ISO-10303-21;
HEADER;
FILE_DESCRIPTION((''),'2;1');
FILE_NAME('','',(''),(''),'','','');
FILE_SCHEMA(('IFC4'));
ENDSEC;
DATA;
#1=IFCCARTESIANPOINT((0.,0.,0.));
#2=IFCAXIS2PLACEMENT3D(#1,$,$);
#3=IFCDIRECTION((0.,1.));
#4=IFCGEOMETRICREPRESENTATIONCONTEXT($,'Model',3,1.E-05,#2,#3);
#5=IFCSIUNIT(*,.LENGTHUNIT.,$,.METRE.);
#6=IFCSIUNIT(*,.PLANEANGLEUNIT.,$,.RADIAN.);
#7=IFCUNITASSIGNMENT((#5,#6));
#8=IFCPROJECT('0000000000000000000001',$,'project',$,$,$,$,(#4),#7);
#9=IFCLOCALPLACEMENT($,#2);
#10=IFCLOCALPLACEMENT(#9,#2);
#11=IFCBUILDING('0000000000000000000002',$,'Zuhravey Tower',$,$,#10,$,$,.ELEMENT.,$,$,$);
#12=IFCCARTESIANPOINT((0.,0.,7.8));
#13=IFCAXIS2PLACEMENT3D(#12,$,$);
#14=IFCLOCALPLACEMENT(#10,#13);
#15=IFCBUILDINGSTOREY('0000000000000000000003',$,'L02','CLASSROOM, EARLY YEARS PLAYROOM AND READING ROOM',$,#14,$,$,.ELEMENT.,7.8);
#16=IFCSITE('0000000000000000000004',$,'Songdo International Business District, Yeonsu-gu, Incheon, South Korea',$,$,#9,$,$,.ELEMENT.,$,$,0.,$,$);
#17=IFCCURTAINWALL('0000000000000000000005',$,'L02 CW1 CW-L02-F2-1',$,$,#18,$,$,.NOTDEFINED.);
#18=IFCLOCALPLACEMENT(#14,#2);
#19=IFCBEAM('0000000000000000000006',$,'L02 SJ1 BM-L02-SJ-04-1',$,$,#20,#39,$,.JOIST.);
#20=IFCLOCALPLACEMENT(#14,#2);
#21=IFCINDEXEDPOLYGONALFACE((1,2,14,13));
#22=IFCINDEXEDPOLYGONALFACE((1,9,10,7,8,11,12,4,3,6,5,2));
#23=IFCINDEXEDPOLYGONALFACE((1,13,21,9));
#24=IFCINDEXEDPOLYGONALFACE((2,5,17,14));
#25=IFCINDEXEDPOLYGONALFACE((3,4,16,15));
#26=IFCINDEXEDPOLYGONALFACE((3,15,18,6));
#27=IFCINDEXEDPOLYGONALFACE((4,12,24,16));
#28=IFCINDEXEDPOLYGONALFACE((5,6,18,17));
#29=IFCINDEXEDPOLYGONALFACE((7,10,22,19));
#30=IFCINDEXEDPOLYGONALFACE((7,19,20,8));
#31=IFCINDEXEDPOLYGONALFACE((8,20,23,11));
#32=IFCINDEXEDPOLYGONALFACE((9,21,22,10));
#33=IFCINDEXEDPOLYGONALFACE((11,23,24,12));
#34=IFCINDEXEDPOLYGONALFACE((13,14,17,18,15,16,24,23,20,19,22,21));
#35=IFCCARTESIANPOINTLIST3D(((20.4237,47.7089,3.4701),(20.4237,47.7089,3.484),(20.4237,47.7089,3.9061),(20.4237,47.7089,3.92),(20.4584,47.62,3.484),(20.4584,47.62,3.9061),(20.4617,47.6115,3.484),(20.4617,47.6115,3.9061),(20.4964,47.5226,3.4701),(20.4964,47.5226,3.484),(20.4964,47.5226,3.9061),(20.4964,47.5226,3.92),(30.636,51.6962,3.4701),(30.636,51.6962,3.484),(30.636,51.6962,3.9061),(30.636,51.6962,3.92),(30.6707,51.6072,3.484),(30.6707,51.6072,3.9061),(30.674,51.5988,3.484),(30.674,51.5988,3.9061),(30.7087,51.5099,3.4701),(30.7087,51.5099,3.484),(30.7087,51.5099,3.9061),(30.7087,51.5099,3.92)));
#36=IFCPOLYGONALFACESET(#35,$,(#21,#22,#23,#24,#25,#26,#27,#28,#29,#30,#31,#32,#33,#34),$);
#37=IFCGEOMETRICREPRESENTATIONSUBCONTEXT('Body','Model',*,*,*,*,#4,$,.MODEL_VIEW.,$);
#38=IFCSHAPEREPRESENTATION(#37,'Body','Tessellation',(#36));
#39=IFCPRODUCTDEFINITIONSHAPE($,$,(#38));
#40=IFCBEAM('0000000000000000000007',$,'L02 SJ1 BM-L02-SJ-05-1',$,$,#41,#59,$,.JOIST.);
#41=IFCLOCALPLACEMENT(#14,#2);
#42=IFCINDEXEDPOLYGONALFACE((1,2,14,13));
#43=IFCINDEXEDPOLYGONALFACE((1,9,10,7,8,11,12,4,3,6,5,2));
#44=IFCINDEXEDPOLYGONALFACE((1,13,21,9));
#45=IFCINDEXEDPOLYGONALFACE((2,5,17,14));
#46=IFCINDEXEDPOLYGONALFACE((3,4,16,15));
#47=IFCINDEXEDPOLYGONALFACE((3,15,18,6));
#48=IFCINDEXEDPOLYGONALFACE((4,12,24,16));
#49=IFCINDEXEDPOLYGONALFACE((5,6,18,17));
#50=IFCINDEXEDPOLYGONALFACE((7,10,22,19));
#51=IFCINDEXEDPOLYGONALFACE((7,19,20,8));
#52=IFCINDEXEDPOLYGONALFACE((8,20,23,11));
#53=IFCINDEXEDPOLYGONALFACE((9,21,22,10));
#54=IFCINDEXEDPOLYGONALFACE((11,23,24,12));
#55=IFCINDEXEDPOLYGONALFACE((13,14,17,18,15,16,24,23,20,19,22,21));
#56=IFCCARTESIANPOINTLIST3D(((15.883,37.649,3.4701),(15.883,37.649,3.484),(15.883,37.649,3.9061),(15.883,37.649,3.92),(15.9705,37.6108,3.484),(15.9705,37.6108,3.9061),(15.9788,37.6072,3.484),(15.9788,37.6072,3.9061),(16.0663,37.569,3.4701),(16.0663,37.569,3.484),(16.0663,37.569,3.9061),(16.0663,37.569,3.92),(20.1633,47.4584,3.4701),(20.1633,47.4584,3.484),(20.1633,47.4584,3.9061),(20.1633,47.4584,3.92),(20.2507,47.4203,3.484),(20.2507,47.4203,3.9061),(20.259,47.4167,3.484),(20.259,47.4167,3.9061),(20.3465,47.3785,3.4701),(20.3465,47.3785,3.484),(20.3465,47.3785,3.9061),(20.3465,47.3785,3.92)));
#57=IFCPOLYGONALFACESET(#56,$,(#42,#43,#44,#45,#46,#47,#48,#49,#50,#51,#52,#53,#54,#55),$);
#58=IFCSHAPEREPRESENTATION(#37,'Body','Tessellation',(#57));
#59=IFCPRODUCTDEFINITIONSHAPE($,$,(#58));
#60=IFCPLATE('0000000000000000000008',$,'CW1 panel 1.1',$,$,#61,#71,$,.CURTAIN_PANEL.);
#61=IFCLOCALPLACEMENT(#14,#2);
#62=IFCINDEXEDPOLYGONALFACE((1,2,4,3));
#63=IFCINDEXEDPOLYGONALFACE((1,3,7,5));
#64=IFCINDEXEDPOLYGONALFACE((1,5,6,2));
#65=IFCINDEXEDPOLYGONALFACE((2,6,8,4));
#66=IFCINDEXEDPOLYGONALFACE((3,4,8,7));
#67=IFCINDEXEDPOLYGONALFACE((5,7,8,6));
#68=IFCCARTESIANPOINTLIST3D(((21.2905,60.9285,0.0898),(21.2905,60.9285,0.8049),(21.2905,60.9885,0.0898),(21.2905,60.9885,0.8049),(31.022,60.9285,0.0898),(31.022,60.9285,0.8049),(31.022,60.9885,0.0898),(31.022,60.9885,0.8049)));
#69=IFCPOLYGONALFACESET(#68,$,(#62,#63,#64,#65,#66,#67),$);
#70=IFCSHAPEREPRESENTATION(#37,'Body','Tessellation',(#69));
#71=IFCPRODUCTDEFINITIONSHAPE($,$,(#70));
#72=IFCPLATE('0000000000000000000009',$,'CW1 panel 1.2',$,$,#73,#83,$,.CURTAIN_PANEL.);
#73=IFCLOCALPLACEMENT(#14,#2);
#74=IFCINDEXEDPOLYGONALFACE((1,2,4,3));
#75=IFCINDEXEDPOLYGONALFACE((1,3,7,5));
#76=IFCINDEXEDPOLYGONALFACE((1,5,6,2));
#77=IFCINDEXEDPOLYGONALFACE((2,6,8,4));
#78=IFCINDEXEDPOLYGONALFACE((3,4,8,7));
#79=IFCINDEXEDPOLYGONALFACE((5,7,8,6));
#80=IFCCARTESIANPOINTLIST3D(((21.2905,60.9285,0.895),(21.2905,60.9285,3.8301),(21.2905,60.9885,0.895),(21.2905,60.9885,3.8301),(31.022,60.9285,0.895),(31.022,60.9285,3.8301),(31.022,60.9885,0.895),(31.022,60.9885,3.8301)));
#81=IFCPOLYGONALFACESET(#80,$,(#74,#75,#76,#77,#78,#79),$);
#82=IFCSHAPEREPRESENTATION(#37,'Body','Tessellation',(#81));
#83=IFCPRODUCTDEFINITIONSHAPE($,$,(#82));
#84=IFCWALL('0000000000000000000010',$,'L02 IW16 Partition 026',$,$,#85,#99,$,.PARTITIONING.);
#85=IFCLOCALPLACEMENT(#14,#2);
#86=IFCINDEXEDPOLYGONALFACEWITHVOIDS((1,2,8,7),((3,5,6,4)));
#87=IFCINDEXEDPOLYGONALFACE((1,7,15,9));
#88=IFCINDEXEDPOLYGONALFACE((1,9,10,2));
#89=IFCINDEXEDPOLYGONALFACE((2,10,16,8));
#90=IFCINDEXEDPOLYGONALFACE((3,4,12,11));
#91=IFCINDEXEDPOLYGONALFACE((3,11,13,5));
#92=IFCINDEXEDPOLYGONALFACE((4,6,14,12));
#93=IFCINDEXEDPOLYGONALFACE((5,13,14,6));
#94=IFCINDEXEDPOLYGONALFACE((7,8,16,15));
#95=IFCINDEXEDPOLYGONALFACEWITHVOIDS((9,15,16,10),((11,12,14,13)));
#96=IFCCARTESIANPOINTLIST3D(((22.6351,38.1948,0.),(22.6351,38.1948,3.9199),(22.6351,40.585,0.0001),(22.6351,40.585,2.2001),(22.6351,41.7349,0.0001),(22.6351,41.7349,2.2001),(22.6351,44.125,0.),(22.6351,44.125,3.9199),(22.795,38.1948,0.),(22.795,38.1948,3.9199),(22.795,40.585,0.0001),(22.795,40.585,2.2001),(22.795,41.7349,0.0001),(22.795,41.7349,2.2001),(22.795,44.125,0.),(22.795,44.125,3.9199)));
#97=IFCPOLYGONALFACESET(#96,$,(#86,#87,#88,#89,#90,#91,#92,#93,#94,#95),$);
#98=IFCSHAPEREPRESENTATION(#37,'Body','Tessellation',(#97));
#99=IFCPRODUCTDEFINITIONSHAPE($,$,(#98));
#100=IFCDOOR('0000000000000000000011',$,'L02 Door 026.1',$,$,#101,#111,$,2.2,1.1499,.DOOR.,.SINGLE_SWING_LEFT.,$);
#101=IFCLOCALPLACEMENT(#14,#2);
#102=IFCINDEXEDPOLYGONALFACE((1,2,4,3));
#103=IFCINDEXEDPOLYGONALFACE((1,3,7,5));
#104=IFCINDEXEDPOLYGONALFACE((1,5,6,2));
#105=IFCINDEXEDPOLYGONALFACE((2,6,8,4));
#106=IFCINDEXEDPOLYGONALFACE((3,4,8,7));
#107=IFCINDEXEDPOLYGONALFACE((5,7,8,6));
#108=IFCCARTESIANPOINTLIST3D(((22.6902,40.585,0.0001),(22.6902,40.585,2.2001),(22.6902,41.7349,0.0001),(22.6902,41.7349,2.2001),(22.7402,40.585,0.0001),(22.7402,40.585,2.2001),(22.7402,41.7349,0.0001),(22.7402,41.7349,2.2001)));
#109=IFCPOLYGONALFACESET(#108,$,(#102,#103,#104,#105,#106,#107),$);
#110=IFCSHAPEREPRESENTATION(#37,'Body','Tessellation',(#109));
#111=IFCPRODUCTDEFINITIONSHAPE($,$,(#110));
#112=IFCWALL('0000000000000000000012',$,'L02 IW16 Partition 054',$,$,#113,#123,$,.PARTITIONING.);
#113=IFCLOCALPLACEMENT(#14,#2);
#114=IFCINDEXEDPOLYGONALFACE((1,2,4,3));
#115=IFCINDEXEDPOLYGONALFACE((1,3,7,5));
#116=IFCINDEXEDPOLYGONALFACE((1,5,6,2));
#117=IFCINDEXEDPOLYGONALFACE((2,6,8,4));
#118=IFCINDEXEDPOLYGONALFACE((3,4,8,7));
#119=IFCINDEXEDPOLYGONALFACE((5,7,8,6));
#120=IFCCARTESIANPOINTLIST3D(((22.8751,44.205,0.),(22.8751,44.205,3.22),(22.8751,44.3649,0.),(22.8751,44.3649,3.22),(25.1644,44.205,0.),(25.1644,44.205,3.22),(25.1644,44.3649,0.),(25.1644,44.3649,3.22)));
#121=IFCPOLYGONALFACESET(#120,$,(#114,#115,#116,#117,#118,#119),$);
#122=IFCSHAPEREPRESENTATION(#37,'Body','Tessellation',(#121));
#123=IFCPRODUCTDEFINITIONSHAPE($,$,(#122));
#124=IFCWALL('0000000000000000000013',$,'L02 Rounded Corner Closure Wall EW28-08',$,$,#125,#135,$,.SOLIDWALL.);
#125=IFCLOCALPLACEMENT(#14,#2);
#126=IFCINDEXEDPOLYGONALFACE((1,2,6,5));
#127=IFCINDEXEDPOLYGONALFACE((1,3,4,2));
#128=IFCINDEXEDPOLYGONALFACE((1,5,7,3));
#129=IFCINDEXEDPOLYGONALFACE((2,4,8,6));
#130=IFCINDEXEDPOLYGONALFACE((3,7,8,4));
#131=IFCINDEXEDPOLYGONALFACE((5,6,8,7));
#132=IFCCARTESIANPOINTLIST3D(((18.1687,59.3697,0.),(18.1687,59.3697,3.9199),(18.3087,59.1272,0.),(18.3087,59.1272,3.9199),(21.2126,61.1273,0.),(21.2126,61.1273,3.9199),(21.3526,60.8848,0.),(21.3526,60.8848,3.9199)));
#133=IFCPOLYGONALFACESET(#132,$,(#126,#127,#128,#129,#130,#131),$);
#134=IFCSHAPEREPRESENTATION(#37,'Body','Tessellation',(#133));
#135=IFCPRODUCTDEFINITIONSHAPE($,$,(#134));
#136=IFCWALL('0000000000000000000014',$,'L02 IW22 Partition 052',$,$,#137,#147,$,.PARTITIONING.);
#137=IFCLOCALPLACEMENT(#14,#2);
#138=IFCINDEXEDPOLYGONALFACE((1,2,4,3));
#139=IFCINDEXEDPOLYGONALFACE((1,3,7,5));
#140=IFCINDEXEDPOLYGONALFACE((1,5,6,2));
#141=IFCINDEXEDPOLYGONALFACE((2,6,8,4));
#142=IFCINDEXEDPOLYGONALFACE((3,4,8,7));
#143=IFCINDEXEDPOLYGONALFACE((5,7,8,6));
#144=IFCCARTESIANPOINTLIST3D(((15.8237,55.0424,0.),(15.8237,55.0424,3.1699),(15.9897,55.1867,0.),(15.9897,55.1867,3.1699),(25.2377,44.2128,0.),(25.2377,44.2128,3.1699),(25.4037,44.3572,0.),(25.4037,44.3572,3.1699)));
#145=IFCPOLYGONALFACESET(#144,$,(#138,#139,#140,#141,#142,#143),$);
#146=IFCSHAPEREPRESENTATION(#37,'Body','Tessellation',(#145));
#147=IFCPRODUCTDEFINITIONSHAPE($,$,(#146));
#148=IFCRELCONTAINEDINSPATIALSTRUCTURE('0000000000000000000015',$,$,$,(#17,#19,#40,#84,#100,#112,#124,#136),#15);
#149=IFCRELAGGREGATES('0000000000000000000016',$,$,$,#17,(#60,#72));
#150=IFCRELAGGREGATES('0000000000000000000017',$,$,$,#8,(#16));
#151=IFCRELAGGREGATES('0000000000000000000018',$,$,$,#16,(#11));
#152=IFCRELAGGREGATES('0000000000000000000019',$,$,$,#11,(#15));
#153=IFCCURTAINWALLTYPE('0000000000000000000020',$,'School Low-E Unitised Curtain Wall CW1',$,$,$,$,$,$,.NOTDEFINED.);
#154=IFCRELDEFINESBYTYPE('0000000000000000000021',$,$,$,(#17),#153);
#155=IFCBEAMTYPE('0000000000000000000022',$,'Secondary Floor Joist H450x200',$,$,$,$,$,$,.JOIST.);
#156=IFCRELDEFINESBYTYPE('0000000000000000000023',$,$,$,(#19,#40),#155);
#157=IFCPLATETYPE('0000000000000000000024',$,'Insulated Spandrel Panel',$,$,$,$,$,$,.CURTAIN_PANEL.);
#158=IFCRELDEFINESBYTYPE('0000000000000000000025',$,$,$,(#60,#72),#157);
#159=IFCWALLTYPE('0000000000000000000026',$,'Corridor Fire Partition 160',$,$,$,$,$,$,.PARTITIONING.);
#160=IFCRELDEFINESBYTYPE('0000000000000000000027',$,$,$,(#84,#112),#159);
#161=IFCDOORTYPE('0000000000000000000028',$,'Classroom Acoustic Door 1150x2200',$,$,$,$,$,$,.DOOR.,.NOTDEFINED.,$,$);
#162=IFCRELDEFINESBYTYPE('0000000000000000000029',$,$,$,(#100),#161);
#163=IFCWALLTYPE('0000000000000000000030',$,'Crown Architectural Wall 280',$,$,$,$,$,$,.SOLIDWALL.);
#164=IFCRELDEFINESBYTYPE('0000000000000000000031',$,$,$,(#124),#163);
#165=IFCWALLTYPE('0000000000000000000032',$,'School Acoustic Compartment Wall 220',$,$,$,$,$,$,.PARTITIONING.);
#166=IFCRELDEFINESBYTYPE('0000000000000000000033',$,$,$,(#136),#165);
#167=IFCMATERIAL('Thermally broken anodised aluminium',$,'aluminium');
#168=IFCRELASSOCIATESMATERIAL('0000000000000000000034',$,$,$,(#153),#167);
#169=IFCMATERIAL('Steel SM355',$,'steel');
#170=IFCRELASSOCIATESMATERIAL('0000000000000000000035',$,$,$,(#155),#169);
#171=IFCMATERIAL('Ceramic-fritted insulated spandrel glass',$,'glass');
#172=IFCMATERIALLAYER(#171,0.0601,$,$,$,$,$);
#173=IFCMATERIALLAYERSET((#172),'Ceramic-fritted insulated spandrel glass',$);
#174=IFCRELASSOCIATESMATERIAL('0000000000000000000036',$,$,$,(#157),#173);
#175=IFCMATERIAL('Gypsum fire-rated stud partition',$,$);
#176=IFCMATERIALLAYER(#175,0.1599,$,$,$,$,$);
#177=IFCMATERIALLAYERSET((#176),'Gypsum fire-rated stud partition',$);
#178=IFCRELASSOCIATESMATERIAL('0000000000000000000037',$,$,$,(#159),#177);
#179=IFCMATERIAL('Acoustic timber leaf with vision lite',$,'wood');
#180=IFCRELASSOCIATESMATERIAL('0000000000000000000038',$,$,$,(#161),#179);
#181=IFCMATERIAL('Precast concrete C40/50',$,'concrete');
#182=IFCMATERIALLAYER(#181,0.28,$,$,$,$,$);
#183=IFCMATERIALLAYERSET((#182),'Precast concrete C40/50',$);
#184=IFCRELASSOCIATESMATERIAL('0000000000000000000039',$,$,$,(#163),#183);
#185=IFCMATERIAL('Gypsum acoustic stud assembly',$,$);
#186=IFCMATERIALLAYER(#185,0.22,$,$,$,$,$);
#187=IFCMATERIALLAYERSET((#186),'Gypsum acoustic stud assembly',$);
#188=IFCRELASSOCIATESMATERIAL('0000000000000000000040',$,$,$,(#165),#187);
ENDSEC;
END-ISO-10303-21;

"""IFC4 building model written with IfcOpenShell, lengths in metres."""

from ifc_helpers import new_model, si_unit, direction, frame, frame_2d, origin, origin_2d, place, context, subcontext, project, spatial, rectangle, i_section, extrude, material, layer, layer_set, material_profile, profile_set, type_object, element, fill, aggregate, save


model = new_model("IFC4")

# Units and contexts
model_context = context("Model", 3, precision=1e-05, world=origin(), true_north=direction((0.0, 1.0)))
body_context = subcontext(model_context, "Body", "Model", "MODEL_VIEW")
ifc_project = project(units=[si_unit("LENGTHUNIT", "METRE"), si_unit("PLANEANGLEUNIT", "RADIAN")], contexts=[model_context])

# Site, building, storey
site_placement = place(None, origin())
site = spatial("IfcSite", under=ifc_project, at=site_placement, Name="Songdo International Business District, Yeonsu-gu, Incheon, South Korea", CompositionType="ELEMENT", RefElevation=0.0)
building_placement = place(site_placement, origin())
building = spatial("IfcBuilding", under=site, at=building_placement, Name="Zuhravey Tower", CompositionType="ELEMENT")
storey_placement = place(building_placement, frame((0.0, 0.0, 7.8)))
storey = spatial("IfcBuildingStorey", under=building, at=storey_placement, Name="L02", Description="CLASSROOM, EARLY YEARS PLAYROOM AND READING ROOM", CompositionType="ELEMENT", Elevation=7.8)

# Shared definitions
ifc_material_1 = material(Name="Thermally broken anodised aluminium", Category="aluminium")
curtain_wall_type = type_object("IfcCurtainWallType", Name="School Low-E Unitised Curtain Wall CW1", PredefinedType="NOTDEFINED", material=ifc_material_1)

# Curtain wall
curtain_wall_1_placement = place(storey_placement, origin())
curtain_wall_1 = element("IfcCurtainWall", 1, at=curtain_wall_1_placement, inside=storey, type_object=curtain_wall_type, Name="L02 CW1 CW-L02-F2-1", PredefinedType="NOTDEFINED")

# Beams
ifc_material_2 = material(Name="Steel SM355", Category="steel")
ifc_material_profile_1 = material_profile(ifc_material_2, i_section(OverallWidth=0.2, OverallDepth=0.45, WebThickness=0.009, FlangeThickness=0.0139, at=origin_2d()), Name="H-450x200x9x14")
ifc_profile_set_1 = profile_set([ifc_material_profile_1], Name="Steel SM355")
beam_type_1 = type_object("IfcBeamType", Name="Secondary Floor Joist H450x200", PredefinedType="JOIST", material=ifc_profile_set_1)
beam_1_placement = place(storey_placement, frame((30.6724, 51.603, 3.6951), z_axis=(-0.931517, -0.363699, 0.0), x_axis=(0.363699, -0.931517, 0.0)))
element("IfcBeam", 2, at=beam_1_placement, inside=storey, type_object=beam_type_1, Name="L02 SJ1 BM-L02-SJ-04-1", PredefinedType="JOIST", context=body_context, shape_type="SweptSolid", body=[
    extrude(i_section(OverallWidth=0.2, OverallDepth=0.45, WebThickness=0.009, FlangeThickness=0.0139, at=origin_2d()), origin(), (0.0, 0.0, 1.0), 10.9631),
])
beam_2_placement = place(storey_placement, frame((20.2549, 47.4185, 3.6951), z_axis=(-0.399924, -0.916549, 0.0), x_axis=(0.916549, -0.399924, 0.0)))
element("IfcBeam", 3, at=beam_2_placement, inside=storey, type_object=beam_type_1, Name="L02 SJ1 BM-L02-SJ-05-1", PredefinedType="JOIST", context=body_context, shape_type="SweptSolid", body=[
    extrude(i_section(OverallWidth=0.2, OverallDepth=0.45, WebThickness=0.009, FlangeThickness=0.0139, at=origin_2d()), origin(), (0.0, 0.0, 1.0), 10.7026),
])

# Plates
ifc_material_3 = material(Name="Ceramic-fritted insulated spandrel glass", Category="glass")
ifc_layer_1 = layer(ifc_material_3, 0.0601)
ifc_layer_set_1 = layer_set([ifc_layer_1], Name="Ceramic-fritted insulated spandrel glass")
plate_type = type_object("IfcPlateType", Name="Insulated Spandrel Panel", PredefinedType="CURTAIN_PANEL", material=ifc_layer_set_1)
plate_1_placement = place(storey_placement, frame((26.1562, 60.9585, 0.0898), z_axis=(0.0, 0.0, 1.0), x_axis=(1.0, 0.0, 0.0)))
plate_1 = element("IfcPlate", 4, at=plate_1_placement, type_object=plate_type, Name="CW1 panel 1.1", PredefinedType="CURTAIN_PANEL", context=body_context, shape_type="SweptSolid", body=[
    extrude(rectangle(XDim=9.7314, YDim=0.0601, at=origin_2d()), origin(), (0.0, 0.0, 1.0), 0.7151),
])
plate_2_placement = place(storey_placement, frame((26.1562, 60.9585, 0.895), z_axis=(0.0, 0.0, 1.0), x_axis=(1.0, 0.0, 0.0)))
plate_2 = element("IfcPlate", 5, at=plate_2_placement, type_object=plate_type, Name="CW1 panel 1.2", PredefinedType="CURTAIN_PANEL", context=body_context, shape_type="SweptSolid", body=[
    extrude(rectangle(XDim=9.7314, YDim=0.0601, at=origin_2d()), origin(), (0.0, 0.0, 1.0), 2.9351),
])
aggregate(curtain_wall_1, [plate_1, plate_2])

# Wall, opening, door
ifc_material_4 = material(Name="Gypsum fire-rated stud partition")
ifc_layer_2 = layer(ifc_material_4, 0.1599)
ifc_layer_set_2 = layer_set([ifc_layer_2], Name="Gypsum fire-rated stud partition")
wall_type_1 = type_object("IfcWallType", Name="Corridor Fire Partition 160", PredefinedType="PARTITIONING", material=ifc_layer_set_2)
wall_1_placement = place(storey_placement, frame((22.7151, 44.125, 0.0), z_axis=(0.0, 0.0, 1.0), x_axis=(0.0, -1.0, 0.0)))
wall_1 = element("IfcWall", 6, at=wall_1_placement, inside=storey, type_object=wall_type_1, Name="L02 IW16 Partition 026", PredefinedType="PARTITIONING", context=body_context, shape_type="SweptSolid", body=[
    extrude(rectangle(XDim=5.9302, YDim=0.1599, at=frame_2d((2.9651, 0.0))), origin(), (0.0, 0.0, 1.0), 3.9199),
])
opening_placement = place(wall_1_placement, frame((2.3901, 0.0, 0.0)))
opening = element("IfcOpeningElement", 7, at=opening_placement, cuts=wall_1, PredefinedType="OPENING", context=body_context, shape_type="SweptSolid", body=[
    extrude(rectangle(XDim=1.1499, YDim=2.2, at=frame_2d((0.575, 1.1001))), frame((0.0, 0.092, 0.0), z_axis=(0.0, -1.0, 0.0), x_axis=(1.0, 0.0, 0.0)), (0.0, 0.0, 1.0), 0.1838),
])
ifc_material_5 = material(Name="Acoustic timber leaf with vision lite", Category="wood")
door_type = type_object("IfcDoorType", Name="Classroom Acoustic Door 1150x2200", OperationType="NOTDEFINED", PredefinedType="DOOR", material=ifc_material_5)
door_placement = place(opening_placement, frame((1.1499, 0.0, 0.0), z_axis=(0.0, 0.0, 1.0), x_axis=(-1.0, 0.0, 0.0)))
door = element("IfcDoor", 8, at=door_placement, inside=storey, type_object=door_type, Name="L02 Door 026.1", OperationType="SINGLE_SWING_LEFT", OverallHeight=2.2, OverallWidth=1.1499, PredefinedType="DOOR", context=body_context, shape_type="SweptSolid", body=[
    extrude(rectangle(XDim=1.1499, YDim=2.2, at=frame_2d((0.575, 1.1001))), frame((0.0, 0.0249, 0.0), z_axis=(0.0, -1.0, 0.0), x_axis=(1.0, 0.0, 0.0)), (0.0, 0.0, 1.0), 0.05),
])
fill(opening, door)

# Walls
wall_2_placement = place(storey_placement, frame((25.1643, 44.2849, 0.0), z_axis=(0.0, 0.0, 1.0), x_axis=(-1.0, 0.0, 0.0)))
element("IfcWall", 9, at=wall_2_placement, inside=storey, type_object=wall_type_1, Name="L02 IW16 Partition 054", PredefinedType="PARTITIONING", context=body_context, shape_type="SweptSolid", body=[
    extrude(rectangle(XDim=2.2893, YDim=0.1599, at=frame_2d((1.1445, 0.0))), origin(), (0.0, 0.0, 1.0), 3.22),
])
ifc_material_6 = material(Name="Precast concrete C40/50", Category="concrete")
ifc_layer_3 = layer(ifc_material_6, 0.28)
ifc_layer_set_3 = layer_set([ifc_layer_3], Name="Precast concrete C40/50")
wall_type_2 = type_object("IfcWallType", Name="Crown Architectural Wall 280", PredefinedType="SOLIDWALL", material=ifc_layer_set_3)
wall_3_placement = place(storey_placement, frame((18.2388, 59.2485, 0.0), z_axis=(0.0, 0.0, 1.0), x_axis=(0.866007, 0.500031, 0.0)))
element("IfcWall", 10, at=wall_3_placement, inside=storey, type_object=wall_type_2, Name="L02 Rounded Corner Closure Wall EW28-08", PredefinedType="SOLIDWALL", context=body_context, shape_type="SweptSolid", body=[
    extrude(rectangle(XDim=3.5149, YDim=0.28, at=frame_2d((1.7573, 0.0))), origin(), (0.0, 0.0, 1.0), 3.9199),
])
ifc_material_7 = material(Name="Gypsum acoustic stud assembly")
ifc_layer_4 = layer(ifc_material_7, 0.22)
ifc_layer_set_4 = layer_set([ifc_layer_4], Name="Gypsum acoustic stud assembly")
wall_type_3 = type_object("IfcWallType", Name="School Acoustic Compartment Wall 220", PredefinedType="PARTITIONING", material=ifc_layer_set_4)
wall_4_placement = place(storey_placement, frame((25.3208, 44.2849, 0.0), z_axis=(0.0, 0.0, 1.0), x_axis=(-0.656061, 0.754708, 0.0)))
element("IfcWall", 11, at=wall_4_placement, inside=storey, type_object=wall_type_3, Name="L02 IW22 Partition 052", PredefinedType="PARTITIONING", context=body_context, shape_type="SweptSolid", body=[
    extrude(rectangle(XDim=14.3494, YDim=0.22, at=frame_2d((7.1748, 0.0))), origin(), (0.0, 0.0, 1.0), 3.1699),
])

save(model, "model.ifc")
